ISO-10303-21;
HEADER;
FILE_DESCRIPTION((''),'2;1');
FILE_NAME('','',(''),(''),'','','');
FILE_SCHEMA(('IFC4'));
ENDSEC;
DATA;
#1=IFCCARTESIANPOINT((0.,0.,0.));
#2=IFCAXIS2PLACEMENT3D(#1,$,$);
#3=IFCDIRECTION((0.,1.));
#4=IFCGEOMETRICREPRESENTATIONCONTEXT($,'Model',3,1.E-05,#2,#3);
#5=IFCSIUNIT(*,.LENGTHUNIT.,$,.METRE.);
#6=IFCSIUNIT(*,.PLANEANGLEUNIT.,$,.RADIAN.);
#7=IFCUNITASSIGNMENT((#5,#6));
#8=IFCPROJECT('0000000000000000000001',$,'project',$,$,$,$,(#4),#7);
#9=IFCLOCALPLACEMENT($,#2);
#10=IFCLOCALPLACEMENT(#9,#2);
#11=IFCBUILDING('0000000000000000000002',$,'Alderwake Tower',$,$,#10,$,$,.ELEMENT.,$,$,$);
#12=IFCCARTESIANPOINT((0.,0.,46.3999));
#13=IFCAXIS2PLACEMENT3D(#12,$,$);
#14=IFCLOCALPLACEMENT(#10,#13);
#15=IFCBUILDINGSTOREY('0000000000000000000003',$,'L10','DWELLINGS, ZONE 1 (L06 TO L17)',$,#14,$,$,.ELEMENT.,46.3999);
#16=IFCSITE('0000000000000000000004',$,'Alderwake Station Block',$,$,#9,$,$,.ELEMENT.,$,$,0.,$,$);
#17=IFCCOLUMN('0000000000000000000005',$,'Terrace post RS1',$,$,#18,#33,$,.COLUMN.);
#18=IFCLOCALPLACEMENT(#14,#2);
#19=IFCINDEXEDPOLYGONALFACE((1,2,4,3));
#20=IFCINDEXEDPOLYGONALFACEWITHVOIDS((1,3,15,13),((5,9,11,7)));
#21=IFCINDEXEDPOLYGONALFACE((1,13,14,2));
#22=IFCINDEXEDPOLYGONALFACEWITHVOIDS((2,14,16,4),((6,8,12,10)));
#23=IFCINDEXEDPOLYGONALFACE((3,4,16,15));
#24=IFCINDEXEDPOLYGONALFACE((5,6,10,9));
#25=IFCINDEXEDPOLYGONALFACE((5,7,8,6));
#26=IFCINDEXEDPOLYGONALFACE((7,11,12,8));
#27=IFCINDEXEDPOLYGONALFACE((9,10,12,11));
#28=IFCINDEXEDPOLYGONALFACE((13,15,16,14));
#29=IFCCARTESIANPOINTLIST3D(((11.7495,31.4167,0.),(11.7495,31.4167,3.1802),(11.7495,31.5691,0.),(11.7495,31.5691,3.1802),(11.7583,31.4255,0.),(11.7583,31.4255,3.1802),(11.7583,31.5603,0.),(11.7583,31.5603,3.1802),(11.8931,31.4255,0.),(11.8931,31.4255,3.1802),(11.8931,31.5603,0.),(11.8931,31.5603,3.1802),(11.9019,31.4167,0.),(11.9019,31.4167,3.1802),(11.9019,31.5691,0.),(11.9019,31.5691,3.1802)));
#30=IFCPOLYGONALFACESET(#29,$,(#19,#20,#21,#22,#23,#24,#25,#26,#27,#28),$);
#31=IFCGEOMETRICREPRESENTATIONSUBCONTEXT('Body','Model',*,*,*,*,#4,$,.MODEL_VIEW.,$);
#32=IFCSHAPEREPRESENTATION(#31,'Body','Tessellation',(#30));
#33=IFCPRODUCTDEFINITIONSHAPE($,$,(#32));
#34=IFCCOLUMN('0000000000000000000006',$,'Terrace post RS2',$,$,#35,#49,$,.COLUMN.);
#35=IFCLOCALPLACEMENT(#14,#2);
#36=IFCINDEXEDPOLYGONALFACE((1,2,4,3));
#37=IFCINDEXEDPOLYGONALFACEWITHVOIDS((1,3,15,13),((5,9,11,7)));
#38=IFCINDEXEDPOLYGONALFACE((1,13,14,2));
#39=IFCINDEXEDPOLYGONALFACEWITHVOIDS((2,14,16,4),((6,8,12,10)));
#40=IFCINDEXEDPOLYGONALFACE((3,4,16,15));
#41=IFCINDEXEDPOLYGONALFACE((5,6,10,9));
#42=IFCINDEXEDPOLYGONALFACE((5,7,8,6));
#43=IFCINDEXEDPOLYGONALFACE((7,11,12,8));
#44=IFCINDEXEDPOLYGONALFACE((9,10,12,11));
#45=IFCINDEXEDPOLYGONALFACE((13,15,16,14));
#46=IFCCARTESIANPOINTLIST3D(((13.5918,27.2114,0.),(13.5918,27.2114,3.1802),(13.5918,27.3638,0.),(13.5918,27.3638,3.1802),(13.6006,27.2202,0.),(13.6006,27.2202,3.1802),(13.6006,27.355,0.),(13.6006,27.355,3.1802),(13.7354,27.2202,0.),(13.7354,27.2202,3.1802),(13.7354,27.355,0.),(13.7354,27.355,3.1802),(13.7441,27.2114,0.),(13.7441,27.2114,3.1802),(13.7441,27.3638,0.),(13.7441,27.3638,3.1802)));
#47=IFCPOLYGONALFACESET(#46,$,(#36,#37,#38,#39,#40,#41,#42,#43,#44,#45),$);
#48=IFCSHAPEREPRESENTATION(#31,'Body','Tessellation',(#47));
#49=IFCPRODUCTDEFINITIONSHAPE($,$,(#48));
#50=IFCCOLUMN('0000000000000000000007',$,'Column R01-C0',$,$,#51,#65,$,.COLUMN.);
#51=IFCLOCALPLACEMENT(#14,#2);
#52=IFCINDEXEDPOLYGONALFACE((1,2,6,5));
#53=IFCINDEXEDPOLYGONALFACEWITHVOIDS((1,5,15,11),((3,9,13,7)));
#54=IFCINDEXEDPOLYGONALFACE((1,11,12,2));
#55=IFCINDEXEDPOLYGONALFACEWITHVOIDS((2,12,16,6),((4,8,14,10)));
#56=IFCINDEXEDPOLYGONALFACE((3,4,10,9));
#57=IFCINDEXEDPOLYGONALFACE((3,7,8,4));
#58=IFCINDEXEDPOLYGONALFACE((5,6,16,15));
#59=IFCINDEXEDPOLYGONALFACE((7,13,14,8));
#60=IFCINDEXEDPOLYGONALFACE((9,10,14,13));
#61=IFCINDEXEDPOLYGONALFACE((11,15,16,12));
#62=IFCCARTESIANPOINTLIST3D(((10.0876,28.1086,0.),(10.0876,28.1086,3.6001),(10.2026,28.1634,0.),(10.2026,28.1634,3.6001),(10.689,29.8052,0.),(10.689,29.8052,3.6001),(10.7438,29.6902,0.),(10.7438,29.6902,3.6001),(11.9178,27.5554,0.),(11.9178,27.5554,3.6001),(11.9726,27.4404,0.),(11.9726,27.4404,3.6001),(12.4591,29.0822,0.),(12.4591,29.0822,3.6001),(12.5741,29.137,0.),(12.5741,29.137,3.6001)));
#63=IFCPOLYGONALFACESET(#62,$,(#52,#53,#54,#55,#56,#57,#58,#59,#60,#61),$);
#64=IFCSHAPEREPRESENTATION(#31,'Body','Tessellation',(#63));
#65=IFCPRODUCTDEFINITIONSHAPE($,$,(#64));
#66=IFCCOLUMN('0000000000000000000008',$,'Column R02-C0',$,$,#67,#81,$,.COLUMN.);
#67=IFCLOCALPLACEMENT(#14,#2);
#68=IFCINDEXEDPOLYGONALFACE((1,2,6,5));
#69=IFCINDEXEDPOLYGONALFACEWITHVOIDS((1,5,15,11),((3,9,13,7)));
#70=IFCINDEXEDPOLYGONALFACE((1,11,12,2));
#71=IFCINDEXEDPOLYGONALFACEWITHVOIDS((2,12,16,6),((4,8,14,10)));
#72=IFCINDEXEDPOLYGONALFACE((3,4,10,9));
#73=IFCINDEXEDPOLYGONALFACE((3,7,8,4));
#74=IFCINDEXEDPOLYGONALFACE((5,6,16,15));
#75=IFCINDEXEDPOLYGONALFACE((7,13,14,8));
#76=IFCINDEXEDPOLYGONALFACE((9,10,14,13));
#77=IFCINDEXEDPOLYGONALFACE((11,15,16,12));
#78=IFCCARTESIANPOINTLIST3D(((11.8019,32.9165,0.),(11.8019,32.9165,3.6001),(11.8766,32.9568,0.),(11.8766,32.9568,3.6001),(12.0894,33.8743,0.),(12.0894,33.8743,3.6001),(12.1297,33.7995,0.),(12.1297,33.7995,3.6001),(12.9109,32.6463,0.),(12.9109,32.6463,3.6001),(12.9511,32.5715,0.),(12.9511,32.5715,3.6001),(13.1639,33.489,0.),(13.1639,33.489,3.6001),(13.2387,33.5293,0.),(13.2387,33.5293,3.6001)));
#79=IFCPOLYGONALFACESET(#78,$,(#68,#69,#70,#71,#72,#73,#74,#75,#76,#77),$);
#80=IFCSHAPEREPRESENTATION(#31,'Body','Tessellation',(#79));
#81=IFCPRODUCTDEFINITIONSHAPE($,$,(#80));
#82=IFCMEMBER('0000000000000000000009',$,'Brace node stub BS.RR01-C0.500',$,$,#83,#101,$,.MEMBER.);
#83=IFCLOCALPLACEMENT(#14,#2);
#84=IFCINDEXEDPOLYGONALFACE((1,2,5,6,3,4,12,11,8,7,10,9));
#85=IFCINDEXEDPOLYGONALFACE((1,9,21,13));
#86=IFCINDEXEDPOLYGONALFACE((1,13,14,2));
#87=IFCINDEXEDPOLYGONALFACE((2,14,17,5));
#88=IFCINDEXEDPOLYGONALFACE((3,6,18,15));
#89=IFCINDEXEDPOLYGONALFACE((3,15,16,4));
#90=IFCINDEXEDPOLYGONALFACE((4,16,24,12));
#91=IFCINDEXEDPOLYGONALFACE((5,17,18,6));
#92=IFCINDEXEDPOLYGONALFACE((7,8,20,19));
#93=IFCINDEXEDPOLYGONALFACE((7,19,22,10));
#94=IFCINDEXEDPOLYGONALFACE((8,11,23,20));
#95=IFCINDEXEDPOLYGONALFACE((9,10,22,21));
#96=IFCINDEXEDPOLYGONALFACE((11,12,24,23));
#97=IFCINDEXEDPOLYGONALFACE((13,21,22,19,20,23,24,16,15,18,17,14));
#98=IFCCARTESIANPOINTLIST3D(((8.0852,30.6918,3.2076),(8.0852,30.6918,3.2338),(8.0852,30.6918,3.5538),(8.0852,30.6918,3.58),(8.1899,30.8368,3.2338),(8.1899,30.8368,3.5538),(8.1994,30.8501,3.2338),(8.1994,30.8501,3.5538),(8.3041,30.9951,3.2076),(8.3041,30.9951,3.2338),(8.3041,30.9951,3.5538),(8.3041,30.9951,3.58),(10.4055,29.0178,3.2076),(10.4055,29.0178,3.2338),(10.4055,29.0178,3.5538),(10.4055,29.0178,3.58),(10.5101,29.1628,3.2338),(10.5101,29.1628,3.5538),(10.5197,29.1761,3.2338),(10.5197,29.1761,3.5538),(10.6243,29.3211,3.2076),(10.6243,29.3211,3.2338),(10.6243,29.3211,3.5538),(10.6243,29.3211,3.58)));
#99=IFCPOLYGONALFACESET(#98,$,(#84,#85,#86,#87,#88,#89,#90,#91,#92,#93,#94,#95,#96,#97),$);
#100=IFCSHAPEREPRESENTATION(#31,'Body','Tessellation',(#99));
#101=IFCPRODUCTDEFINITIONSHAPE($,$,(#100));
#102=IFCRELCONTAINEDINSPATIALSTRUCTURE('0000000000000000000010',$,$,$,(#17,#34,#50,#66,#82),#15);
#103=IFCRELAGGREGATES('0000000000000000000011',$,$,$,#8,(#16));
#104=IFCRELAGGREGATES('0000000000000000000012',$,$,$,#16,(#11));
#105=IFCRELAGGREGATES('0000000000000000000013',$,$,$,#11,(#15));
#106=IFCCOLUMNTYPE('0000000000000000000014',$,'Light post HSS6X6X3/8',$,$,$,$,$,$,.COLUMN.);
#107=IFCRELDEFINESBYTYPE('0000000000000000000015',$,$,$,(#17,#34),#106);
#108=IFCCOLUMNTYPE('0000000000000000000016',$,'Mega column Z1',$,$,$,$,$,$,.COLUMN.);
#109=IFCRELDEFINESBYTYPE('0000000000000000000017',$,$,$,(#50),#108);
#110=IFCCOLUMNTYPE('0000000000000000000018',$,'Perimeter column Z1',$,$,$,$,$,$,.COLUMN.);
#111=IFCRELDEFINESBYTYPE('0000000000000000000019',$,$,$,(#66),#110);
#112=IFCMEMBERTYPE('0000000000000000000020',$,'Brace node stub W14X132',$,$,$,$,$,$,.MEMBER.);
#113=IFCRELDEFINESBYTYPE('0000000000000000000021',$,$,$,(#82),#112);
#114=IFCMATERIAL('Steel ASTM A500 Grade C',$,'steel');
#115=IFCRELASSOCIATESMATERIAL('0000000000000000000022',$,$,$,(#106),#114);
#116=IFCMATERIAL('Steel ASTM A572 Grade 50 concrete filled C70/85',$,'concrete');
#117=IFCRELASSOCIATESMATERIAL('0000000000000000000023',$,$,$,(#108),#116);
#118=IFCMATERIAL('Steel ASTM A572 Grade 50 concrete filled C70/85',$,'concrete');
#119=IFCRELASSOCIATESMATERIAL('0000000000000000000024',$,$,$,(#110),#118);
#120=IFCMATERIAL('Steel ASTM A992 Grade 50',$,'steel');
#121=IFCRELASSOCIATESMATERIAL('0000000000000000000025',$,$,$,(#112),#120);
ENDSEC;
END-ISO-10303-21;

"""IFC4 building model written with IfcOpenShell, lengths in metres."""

from ifc_helpers import new_model, si_unit, direction, frame, origin, origin_2d, place, context, subcontext, project, spatial, hollow_rectangle, i_section, extrude, material, material_profile, profile_set, type_object, element, save


model = new_model("IFC4")

# Units and contexts
model_context = context("Model", 3, precision=1e-05, world=origin(), true_north=direction((0.0, 1.0)))
body_context = subcontext(model_context, "Body", "Model", "MODEL_VIEW")
ifc_project = project(units=[si_unit("LENGTHUNIT", "METRE"), si_unit("PLANEANGLEUNIT", "RADIAN")], contexts=[model_context])

# Site, building, storey
site_placement = place(None, origin())
site = spatial("IfcSite", under=ifc_project, at=site_placement, Name="Alderwake Station Block", CompositionType="ELEMENT", RefElevation=0.0)
building_placement = place(site_placement, origin())
building = spatial("IfcBuilding", under=site, at=building_placement, Name="Alderwake Tower", CompositionType="ELEMENT")
storey_placement = place(building_placement, frame((0.0, 0.0, 46.3999)))
storey = spatial("IfcBuildingStorey", under=building, at=storey_placement, Name="L10", Description="DWELLINGS, ZONE 1 (L06 TO L17)", CompositionType="ELEMENT", Elevation=46.3999)

# Columns
ifc_material_1 = material(Name="Steel ASTM A500 Grade C", Category="steel")
ifc_material_profile_1 = material_profile(ifc_material_1, hollow_rectangle(XDim=0.1523, YDim=0.1523, WallThickness=0.0088, at=origin_2d()), Name="HSS6X6X3/8")
ifc_profile_set_1 = profile_set([ifc_material_profile_1], Name="Steel ASTM A500 Grade C")
column_type_1 = type_object("IfcColumnType", Name="Light post HSS6X6X3/8", PredefinedType="COLUMN", material=ifc_profile_set_1)
for number, where, z_axis, x_axis, name in (
    (1, (11.8257, 31.4929, 0.0), (0.0, 0.0, 1.0), (1.0, 0.0, 0.0), "Terrace post RS1"),
    (2, (13.668, 27.2876, 0.0), (0.0, 0.0, 1.0), (1.0, 0.0, 0.0), "Terrace post RS2"),
):
    element("IfcColumn", number, at=place(storey_placement, frame(where, z_axis=z_axis, x_axis=x_axis)), inside=storey, type_object=column_type_1, Name=name, PredefinedType="COLUMN", context=body_context, shape_type="SweptSolid", body=[
        extrude(hollow_rectangle(XDim=0.1523, YDim=0.1523, WallThickness=0.0088, at=origin_2d()), origin(), (0.0, 0.0, 1.0), 3.1802),
    ])
ifc_material_2 = material(Name="Steel ASTM A572 Grade 50 concrete filled C70/85", Category="concrete")
ifc_material_profile_2 = material_profile(ifc_material_2, hollow_rectangle(XDim=1.8, YDim=2.0, WallThickness=0.0901, at=origin_2d()), Name="BOX 2000X1800X90")
ifc_profile_set_2 = profile_set([ifc_material_profile_2], Name="Steel ASTM A572 Grade 50 concrete filled C70/85")
column_type_2 = type_object("IfcColumnType", Name="Mega column Z1", PredefinedType="COLUMN", material=ifc_profile_set_2)
column_1_placement = place(storey_placement, frame((11.3308, 28.6228, 0.0), z_axis=(0.0, 0.0, 1.0), x_axis=(0.334131, 0.942527, 0.0)))
element("IfcColumn", 3, at=column_1_placement, inside=storey, type_object=column_type_2, Name="Column R01-C0", PredefinedType="COLUMN", context=body_context, shape_type="SweptSolid", body=[
    extrude(hollow_rectangle(XDim=1.8, YDim=2.0, WallThickness=0.0901, at=origin_2d()), origin(), (0.0, 0.0, 1.0), 3.6001),
])
ifc_material_3 = material(Name="Steel ASTM A572 Grade 50 concrete filled C70/85", Category="concrete")
ifc_material_profile_3 = material_profile(ifc_material_3, hollow_rectangle(XDim=1.0, YDim=1.2, WallThickness=0.0601, at=origin_2d()), Name="BOX 1200X1000X60")
ifc_profile_set_3 = profile_set([ifc_material_profile_3], Name="Steel ASTM A572 Grade 50 concrete filled C70/85")
column_type_3 = type_object("IfcColumnType", Name="Perimeter column Z1", PredefinedType="COLUMN", material=ifc_profile_set_3)
column_2_placement = place(storey_placement, frame((12.5203, 33.2229, 0.0), z_axis=(0.0, 0.0, 1.0), x_axis=(0.287549, 0.957766, 0.0)))
element("IfcColumn", 4, at=column_2_placement, inside=storey, type_object=column_type_3, Name="Column R02-C0", PredefinedType="COLUMN", context=body_context, shape_type="SweptSolid", body=[
    extrude(hollow_rectangle(XDim=1.0, YDim=1.2, WallThickness=0.0601, at=origin_2d()), origin(), (0.0, 0.0, 1.0), 3.6001),
])

# Member
ifc_material_4 = material(Name="Steel ASTM A992 Grade 50", Category="steel")
ifc_material_profile_4 = material_profile(ifc_material_4, i_section(OverallWidth=0.374, OverallDepth=0.3723, WebThickness=0.0164, FlangeThickness=0.0261, at=origin_2d()), Name="W14X132")
ifc_profile_set_4 = profile_set([ifc_material_profile_4], Name="Steel ASTM A992 Grade 50")
member_type = type_object("IfcMemberType", Name="Brace node stub W14X132", PredefinedType="MEMBER", material=ifc_profile_set_4)
member_placement = place(storey_placement, frame((10.5149, 29.1694, 3.3938), z_axis=(-0.810963, 0.585098, 0.0), x_axis=(-0.585098, -0.810963, 0.0)))
element("IfcMember", 5, at=member_placement, inside=storey, type_object=member_type, Name="Brace node stub BS.RR01-C0.500", PredefinedType="MEMBER", context=body_context, shape_type="SweptSolid", body=[
    extrude(i_section(OverallWidth=0.374, OverallDepth=0.3723, WebThickness=0.0164, FlangeThickness=0.0261, at=origin_2d()), origin(), (0.0, 0.0, 1.0), 2.8611),
])

save(model, "model.ifc")
